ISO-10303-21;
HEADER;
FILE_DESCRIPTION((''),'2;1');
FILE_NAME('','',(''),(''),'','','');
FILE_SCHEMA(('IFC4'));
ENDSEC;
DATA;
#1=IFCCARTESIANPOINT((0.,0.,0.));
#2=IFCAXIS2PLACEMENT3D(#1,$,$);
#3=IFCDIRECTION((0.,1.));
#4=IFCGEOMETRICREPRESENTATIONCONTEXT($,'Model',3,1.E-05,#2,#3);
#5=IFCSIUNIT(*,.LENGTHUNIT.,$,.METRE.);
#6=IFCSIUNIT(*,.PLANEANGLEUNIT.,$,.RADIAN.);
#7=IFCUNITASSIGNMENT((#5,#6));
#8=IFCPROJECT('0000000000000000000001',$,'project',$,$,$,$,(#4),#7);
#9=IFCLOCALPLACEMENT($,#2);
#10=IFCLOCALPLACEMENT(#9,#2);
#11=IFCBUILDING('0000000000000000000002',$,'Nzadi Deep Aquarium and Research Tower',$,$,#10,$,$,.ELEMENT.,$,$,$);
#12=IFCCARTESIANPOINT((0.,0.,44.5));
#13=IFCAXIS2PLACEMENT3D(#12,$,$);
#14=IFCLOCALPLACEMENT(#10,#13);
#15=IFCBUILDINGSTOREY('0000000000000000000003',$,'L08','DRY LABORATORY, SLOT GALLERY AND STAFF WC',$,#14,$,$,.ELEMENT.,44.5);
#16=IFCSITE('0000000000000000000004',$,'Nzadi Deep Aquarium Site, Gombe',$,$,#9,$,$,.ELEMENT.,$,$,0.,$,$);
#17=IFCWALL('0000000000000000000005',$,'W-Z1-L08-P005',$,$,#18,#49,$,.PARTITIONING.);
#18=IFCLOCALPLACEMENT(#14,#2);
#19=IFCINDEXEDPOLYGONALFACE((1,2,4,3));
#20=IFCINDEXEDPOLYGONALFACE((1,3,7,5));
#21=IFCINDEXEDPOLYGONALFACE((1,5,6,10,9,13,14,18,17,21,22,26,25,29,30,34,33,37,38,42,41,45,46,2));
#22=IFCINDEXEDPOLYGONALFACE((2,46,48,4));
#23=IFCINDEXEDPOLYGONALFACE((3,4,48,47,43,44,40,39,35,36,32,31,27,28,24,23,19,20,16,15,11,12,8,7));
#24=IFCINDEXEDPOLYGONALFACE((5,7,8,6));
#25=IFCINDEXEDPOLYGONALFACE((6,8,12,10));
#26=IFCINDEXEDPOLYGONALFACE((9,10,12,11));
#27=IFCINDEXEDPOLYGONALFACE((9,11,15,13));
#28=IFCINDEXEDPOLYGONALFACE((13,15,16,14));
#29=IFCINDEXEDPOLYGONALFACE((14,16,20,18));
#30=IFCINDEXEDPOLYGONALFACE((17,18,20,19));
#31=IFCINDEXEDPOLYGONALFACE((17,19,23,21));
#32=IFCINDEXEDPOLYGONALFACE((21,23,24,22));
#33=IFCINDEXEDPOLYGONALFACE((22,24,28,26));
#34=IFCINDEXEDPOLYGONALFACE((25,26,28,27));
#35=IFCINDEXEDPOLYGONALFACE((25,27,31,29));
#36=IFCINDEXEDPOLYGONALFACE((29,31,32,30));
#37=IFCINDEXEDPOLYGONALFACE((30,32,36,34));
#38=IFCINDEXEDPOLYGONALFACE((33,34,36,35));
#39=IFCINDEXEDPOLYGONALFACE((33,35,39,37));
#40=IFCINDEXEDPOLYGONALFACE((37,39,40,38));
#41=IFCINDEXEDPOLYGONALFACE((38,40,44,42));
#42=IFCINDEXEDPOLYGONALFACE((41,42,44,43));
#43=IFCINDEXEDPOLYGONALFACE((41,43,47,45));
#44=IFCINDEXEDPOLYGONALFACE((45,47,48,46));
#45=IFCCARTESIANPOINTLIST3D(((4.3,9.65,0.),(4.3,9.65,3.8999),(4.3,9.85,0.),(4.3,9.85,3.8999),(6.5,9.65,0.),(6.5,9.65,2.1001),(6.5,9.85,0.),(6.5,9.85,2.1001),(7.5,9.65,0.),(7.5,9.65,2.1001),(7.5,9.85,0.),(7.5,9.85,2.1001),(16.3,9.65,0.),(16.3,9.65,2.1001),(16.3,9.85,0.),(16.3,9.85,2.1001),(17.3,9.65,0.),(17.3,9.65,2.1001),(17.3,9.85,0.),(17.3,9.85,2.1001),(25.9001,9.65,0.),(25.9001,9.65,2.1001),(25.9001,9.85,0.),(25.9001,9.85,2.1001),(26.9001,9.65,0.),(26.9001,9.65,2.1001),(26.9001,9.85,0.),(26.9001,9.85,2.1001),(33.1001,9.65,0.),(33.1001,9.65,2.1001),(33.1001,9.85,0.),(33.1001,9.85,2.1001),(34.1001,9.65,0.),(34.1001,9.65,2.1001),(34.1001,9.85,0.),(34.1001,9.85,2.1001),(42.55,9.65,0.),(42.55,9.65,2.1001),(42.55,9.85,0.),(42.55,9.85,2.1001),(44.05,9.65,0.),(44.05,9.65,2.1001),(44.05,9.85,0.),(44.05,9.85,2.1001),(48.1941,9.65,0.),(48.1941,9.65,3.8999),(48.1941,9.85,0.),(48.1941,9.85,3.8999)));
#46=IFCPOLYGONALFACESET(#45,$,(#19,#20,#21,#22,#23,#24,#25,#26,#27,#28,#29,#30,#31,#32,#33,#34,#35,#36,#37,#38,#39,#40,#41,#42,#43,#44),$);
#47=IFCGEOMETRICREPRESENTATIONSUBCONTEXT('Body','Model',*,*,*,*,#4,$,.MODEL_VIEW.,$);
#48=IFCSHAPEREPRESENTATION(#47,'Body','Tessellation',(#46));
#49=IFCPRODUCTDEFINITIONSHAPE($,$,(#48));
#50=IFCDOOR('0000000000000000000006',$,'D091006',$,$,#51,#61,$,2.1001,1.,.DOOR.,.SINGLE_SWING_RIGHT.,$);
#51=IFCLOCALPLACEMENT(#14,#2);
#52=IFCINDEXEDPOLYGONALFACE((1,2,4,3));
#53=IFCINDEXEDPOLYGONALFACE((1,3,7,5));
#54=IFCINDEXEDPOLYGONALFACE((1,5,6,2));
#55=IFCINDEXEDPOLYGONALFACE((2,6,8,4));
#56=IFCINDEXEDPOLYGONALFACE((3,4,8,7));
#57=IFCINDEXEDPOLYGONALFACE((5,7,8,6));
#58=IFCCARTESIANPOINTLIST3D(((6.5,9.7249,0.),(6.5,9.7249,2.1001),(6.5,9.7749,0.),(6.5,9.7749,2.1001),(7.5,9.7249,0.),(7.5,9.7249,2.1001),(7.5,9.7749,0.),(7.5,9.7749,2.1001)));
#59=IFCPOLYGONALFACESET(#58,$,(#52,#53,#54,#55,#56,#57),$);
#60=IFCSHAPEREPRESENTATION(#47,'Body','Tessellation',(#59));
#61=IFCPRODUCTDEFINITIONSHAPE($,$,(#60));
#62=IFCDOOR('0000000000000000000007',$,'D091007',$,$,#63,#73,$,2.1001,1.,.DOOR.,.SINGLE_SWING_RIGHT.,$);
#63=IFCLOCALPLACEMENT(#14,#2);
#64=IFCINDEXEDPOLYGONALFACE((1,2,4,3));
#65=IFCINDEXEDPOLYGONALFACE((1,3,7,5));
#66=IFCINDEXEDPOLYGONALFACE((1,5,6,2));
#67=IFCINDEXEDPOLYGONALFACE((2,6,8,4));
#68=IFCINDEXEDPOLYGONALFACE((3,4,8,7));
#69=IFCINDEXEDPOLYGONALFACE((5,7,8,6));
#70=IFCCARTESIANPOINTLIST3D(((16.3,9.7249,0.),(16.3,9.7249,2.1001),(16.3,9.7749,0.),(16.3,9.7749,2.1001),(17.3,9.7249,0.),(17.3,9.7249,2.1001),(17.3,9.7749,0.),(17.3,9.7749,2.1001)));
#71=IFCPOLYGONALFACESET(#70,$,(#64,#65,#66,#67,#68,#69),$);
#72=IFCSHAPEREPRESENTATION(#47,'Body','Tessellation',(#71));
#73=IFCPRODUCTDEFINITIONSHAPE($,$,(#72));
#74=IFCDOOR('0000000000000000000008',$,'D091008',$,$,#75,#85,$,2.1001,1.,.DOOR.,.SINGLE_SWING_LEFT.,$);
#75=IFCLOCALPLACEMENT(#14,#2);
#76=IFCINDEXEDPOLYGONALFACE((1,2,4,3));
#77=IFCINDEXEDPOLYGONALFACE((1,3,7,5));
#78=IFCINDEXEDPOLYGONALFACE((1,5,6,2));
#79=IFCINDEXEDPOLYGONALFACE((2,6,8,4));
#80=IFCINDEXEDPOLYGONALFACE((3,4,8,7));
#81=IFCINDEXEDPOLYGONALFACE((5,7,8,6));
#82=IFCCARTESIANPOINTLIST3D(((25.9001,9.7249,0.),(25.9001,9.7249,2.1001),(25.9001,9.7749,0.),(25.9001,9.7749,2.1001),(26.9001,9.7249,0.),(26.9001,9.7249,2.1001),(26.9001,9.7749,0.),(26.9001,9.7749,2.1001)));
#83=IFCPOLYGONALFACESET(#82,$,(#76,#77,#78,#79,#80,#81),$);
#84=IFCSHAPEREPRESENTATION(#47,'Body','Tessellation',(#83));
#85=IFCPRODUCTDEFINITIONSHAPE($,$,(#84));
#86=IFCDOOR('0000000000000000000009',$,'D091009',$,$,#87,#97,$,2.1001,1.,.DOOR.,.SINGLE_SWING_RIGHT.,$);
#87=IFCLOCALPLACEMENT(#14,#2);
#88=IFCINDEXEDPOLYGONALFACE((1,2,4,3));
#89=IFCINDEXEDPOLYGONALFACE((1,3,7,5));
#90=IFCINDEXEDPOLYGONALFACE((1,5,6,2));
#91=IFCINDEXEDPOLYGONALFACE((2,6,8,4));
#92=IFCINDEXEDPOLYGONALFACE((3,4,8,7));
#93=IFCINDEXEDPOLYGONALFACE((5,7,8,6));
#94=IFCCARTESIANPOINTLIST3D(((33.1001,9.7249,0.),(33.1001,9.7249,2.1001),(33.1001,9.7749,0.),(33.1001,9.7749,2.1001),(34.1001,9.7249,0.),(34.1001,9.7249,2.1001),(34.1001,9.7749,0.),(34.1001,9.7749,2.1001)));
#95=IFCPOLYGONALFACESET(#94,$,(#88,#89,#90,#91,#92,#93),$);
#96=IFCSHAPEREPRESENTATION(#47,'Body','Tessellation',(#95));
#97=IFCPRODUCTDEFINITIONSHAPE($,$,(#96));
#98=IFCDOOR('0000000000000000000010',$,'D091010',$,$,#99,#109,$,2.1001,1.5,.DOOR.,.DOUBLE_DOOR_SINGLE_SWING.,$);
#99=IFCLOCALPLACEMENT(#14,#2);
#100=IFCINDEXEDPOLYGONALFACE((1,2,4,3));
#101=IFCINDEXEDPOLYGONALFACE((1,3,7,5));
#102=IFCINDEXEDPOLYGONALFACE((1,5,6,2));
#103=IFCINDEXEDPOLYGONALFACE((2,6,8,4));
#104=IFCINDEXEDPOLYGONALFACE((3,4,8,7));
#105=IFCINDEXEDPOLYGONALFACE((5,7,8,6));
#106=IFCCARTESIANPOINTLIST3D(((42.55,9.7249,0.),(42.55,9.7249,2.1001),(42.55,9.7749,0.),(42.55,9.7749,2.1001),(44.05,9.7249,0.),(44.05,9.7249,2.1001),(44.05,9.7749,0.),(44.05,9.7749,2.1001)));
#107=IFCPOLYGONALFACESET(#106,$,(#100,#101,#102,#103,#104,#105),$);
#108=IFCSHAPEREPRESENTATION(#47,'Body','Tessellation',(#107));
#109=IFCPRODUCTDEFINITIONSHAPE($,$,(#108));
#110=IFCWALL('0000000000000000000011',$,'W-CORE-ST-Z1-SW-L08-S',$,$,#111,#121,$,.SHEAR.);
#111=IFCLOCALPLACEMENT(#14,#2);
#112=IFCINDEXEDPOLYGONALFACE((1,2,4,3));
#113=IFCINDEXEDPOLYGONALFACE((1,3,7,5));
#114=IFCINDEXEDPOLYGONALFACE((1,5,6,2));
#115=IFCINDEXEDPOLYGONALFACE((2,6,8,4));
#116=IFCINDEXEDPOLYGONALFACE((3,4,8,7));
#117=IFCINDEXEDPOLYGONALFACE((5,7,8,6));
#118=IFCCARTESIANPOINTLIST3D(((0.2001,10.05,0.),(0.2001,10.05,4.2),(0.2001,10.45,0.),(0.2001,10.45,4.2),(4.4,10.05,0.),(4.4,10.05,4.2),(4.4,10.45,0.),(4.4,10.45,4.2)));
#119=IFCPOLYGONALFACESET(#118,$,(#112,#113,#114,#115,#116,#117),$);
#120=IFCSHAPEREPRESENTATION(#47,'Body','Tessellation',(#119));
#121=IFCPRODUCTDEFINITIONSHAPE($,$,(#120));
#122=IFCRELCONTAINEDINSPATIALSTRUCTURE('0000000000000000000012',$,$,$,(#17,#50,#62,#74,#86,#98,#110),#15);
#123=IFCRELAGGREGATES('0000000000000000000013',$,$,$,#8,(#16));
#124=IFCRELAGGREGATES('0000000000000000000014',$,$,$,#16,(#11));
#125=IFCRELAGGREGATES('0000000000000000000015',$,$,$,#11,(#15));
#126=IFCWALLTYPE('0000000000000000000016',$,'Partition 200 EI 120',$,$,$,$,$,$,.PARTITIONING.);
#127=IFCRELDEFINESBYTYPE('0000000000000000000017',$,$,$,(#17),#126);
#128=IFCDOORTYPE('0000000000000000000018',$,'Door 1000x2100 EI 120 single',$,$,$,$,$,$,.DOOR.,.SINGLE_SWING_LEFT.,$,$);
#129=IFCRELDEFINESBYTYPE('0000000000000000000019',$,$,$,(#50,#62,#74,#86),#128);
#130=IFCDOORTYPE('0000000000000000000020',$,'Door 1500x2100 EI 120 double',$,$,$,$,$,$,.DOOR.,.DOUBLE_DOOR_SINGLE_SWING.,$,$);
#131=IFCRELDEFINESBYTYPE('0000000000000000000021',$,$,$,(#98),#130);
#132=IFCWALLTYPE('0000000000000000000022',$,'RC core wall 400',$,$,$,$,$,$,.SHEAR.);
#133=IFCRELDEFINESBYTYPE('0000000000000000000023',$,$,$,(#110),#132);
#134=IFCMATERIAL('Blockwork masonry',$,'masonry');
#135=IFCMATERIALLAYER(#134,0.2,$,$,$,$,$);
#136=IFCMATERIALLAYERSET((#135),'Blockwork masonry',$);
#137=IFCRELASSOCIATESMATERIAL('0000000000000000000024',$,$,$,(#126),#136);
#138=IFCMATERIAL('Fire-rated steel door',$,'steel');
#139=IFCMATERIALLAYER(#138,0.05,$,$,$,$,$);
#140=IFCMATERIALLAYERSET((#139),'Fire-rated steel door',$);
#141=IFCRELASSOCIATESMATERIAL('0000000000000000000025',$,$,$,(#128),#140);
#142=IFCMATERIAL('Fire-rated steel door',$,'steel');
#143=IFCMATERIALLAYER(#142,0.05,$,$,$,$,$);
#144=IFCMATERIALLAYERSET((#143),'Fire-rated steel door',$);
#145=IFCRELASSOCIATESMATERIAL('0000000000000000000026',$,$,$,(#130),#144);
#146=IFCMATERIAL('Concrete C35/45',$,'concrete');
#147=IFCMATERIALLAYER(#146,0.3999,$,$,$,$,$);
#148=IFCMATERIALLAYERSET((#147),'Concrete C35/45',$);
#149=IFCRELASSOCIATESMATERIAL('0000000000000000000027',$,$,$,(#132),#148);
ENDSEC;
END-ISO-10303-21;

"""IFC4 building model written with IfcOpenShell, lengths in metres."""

from ifc_helpers import new_model, si_unit, direction, frame, frame_2d, origin, place, context, subcontext, project, spatial, rectangle, extrude, material, layer, layer_set, type_object, element, fill, save


model = new_model("IFC4")

# Units and contexts
model_context = context("Model", 3, precision=1e-05, world=origin(), true_north=direction((0.0, 1.0)))
body_context = subcontext(model_context, "Body", "Model", "MODEL_VIEW")
ifc_project = project(units=[si_unit("LENGTHUNIT", "METRE"), si_unit("PLANEANGLEUNIT", "RADIAN")], contexts=[model_context])

# Site, building, storey
site_placement = place(None, origin())
site = spatial("IfcSite", under=ifc_project, at=site_placement, Name="Nzadi Deep Aquarium Site, Gombe", CompositionType="ELEMENT", RefElevation=0.0)
building_placement = place(site_placement, origin())
building = spatial("IfcBuilding", under=site, at=building_placement, Name="Nzadi Deep Aquarium and Research Tower", CompositionType="ELEMENT")
storey_placement = place(building_placement, frame((0.0, 0.0, 44.5)))
storey = spatial("IfcBuildingStorey", under=building, at=storey_placement, Name="L08", Description="DRY LABORATORY, SLOT GALLERY AND STAFF WC", CompositionType="ELEMENT", Elevation=44.5)

# Wall, openings, doors
ifc_material_1 = material(Name="Blockwork masonry", Category="masonry")
ifc_layer_1 = layer(ifc_material_1, 0.2)
ifc_layer_set_1 = layer_set([ifc_layer_1], Name="Blockwork masonry")
wall_type_1 = type_object("IfcWallType", Name="Partition 200 EI 120", PredefinedType="PARTITIONING", material=ifc_layer_set_1)
wall_1_placement = place(storey_placement, frame((4.3, 9.75, 0.0), z_axis=(0.0, 0.0, 1.0), x_axis=(1.0, 0.0, 0.0)))
wall_1 = element("IfcWall", 1, at=wall_1_placement, inside=storey, type_object=wall_type_1, Name="W-Z1-L08-P005", PredefinedType="PARTITIONING", context=body_context, shape_type="SweptSolid", body=[
    extrude(rectangle(XDim=43.894, YDim=0.2, at=frame_2d((21.947, 0.0))), origin(), (0.0, 0.0, 1.0), 3.8999),
])
opening_1_placement = place(wall_1_placement, frame((2.2, 0.0, 0.0)))
opening_1 = element("IfcOpeningElement", 2, at=opening_1_placement, cuts=wall_1, PredefinedType="OPENING", context=body_context, shape_type="SweptSolid", body=[
    extrude(rectangle(XDim=1.0, YDim=2.1001, at=frame_2d((0.5, 1.05))), frame((0.0, 0.1101, 0.0), z_axis=(0.0, -1.0, 0.0), x_axis=(1.0, 0.0, 0.0)), (0.0, 0.0, 1.0), 0.2202),
])
opening_2_placement = place(wall_1_placement, frame((12.0, 0.0, 0.0)))
opening_2 = element("IfcOpeningElement", 3, at=opening_2_placement, cuts=wall_1, PredefinedType="OPENING", context=body_context, shape_type="SweptSolid", body=[
    extrude(rectangle(XDim=1.0, YDim=2.1001, at=frame_2d((0.5, 1.05))), frame((0.0, 0.1101, 0.0), z_axis=(0.0, -1.0, 0.0), x_axis=(1.0, 0.0, 0.0)), (0.0, 0.0, 1.0), 0.2202),
])
opening_3_placement = place(wall_1_placement, frame((21.6001, 0.0, 0.0)))
opening_3 = element("IfcOpeningElement", 4, at=opening_3_placement, cuts=wall_1, PredefinedType="OPENING", context=body_context, shape_type="SweptSolid", body=[
    extrude(rectangle(XDim=1.0, YDim=2.1001, at=frame_2d((0.5, 1.05))), frame((0.0, 0.1101, 0.0), z_axis=(0.0, -1.0, 0.0), x_axis=(1.0, 0.0, 0.0)), (0.0, 0.0, 1.0), 0.2202),
])
opening_4_placement = place(wall_1_placement, frame((28.8, 0.0, 0.0)))
opening_4 = element("IfcOpeningElement", 5, at=opening_4_placement, cuts=wall_1, PredefinedType="OPENING", context=body_context, shape_type="SweptSolid", body=[
    extrude(rectangle(XDim=1.0, YDim=2.1001, at=frame_2d((0.5, 1.05))), frame((0.0, 0.1101, 0.0), z_axis=(0.0, -1.0, 0.0), x_axis=(1.0, 0.0, 0.0)), (0.0, 0.0, 1.0), 0.2202),
])
opening_5_placement = place(wall_1_placement, frame((38.25, 0.0, 0.0)))
opening_5 = element("IfcOpeningElement", 6, at=opening_5_placement, cuts=wall_1, PredefinedType="OPENING", context=body_context, shape_type="SweptSolid", body=[
    extrude(rectangle(XDim=1.5, YDim=2.1001, at=frame_2d((0.75, 1.05))), frame((0.0, 0.1101, 0.0), z_axis=(0.0, -1.0, 0.0), x_axis=(1.0, 0.0, 0.0)), (0.0, 0.0, 1.0), 0.2202),
])
ifc_material_2 = material(Name="Fire-rated steel door", Category="steel")
ifc_layer_2 = layer(ifc_material_2, 0.05)
ifc_layer_set_2 = layer_set([ifc_layer_2], Name="Fire-rated steel door")
door_type_1 = type_object("IfcDoorType", Name="Door 1000x2100 EI 120 single", OperationType="SINGLE_SWING_LEFT", PredefinedType="DOOR", material=ifc_layer_set_2)
door_1_placement = place(opening_1_placement, origin())
door_1 = element("IfcDoor", 7, at=door_1_placement, inside=storey, type_object=door_type_1, Name="D091006", OperationType="SINGLE_SWING_RIGHT", OverallHeight=2.1001, OverallWidth=1.0, PredefinedType="DOOR", context=body_context, shape_type="SweptSolid", body=[
    extrude(rectangle(XDim=1.0, YDim=2.1001, at=frame_2d((0.5, 1.05))), frame((0.0, 0.0249, 0.0), z_axis=(0.0, -1.0, 0.0), x_axis=(1.0, 0.0, 0.0)), (0.0, 0.0, 1.0), 0.05),
])
fill(opening_1, door_1)
door_2_placement = place(opening_2_placement, origin())
door_2 = element("IfcDoor", 8, at=door_2_placement, inside=storey, type_object=door_type_1, Name="D091007", OperationType="SINGLE_SWING_RIGHT", OverallHeight=2.1001, OverallWidth=1.0, PredefinedType="DOOR", context=body_context, shape_type="SweptSolid", body=[
    extrude(rectangle(XDim=1.0, YDim=2.1001, at=frame_2d((0.5, 1.05))), frame((0.0, 0.0249, 0.0), z_axis=(0.0, -1.0, 0.0), x_axis=(1.0, 0.0, 0.0)), (0.0, 0.0, 1.0), 0.05),
])
fill(opening_2, door_2)
door_3_placement = place(opening_3_placement, origin())
door_3 = element("IfcDoor", 9, at=door_3_placement, inside=storey, type_object=door_type_1, Name="D091008", OperationType="SINGLE_SWING_LEFT", OverallHeight=2.1001, OverallWidth=1.0, PredefinedType="DOOR", context=body_context, shape_type="SweptSolid", body=[
    extrude(rectangle(XDim=1.0, YDim=2.1001, at=frame_2d((0.5, 1.05))), frame((0.0, 0.0249, 0.0), z_axis=(0.0, -1.0, 0.0), x_axis=(1.0, 0.0, 0.0)), (0.0, 0.0, 1.0), 0.05),
])
fill(opening_3, door_3)
door_4_placement = place(opening_4_placement, origin())
door_4 = element("IfcDoor", 10, at=door_4_placement, inside=storey, type_object=door_type_1, Name="D091009", OperationType="SINGLE_SWING_RIGHT", OverallHeight=2.1001, OverallWidth=1.0, PredefinedType="DOOR", context=body_context, shape_type="SweptSolid", body=[
    extrude(rectangle(XDim=1.0, YDim=2.1001, at=frame_2d((0.5, 1.05))), frame((0.0, 0.0249, 0.0), z_axis=(0.0, -1.0, 0.0), x_axis=(1.0, 0.0, 0.0)), (0.0, 0.0, 1.0), 0.05),
])
fill(opening_4, door_4)
ifc_material_3 = material(Name="Fire-rated steel door", Category="steel")
ifc_layer_3 = layer(ifc_material_3, 0.05)
ifc_layer_set_3 = layer_set([ifc_layer_3], Name="Fire-rated steel door")
door_type_2 = type_object("IfcDoorType", Name="Door 1500x2100 EI 120 double", OperationType="DOUBLE_DOOR_SINGLE_SWING", PredefinedType="DOOR", material=ifc_layer_set_3)
door_5_placement = place(opening_5_placement, origin())
door_5 = element("IfcDoor", 11, at=door_5_placement, inside=storey, type_object=door_type_2, Name="D091010", OperationType="DOUBLE_DOOR_SINGLE_SWING", OverallHeight=2.1001, OverallWidth=1.5, PredefinedType="DOOR", context=body_context, shape_type="SweptSolid", body=[
    extrude(rectangle(XDim=1.5, YDim=2.1001, at=frame_2d((0.75, 1.05))), frame((0.0, 0.0249, 0.0), z_axis=(0.0, -1.0, 0.0), x_axis=(1.0, 0.0, 0.0)), (0.0, 0.0, 1.0), 0.05),
])
fill(opening_5, door_5)

# Wall
ifc_material_4 = material(Name="Concrete C35/45", Category="concrete")
ifc_layer_4 = layer(ifc_material_4, 0.3999)
ifc_layer_set_4 = layer_set([ifc_layer_4], Name="Concrete C35/45")
wall_type_2 = type_object("IfcWallType", Name="RC core wall 400", PredefinedType="SHEAR", material=ifc_layer_set_4)
wall_2_placement = place(storey_placement, frame((0.2, 10.25, 0.0), z_axis=(0.0, 0.0, 1.0), x_axis=(1.0, 0.0, 0.0)))
element("IfcWall", 12, at=wall_2_placement, inside=storey, type_object=wall_type_2, Name="W-CORE-ST-Z1-SW-L08-S", PredefinedType="SHEAR", context=body_context, shape_type="SweptSolid", body=[
    extrude(rectangle(XDim=4.2, YDim=0.3999, at=frame_2d((2.1001, 0.0))), origin(), (0.0, 0.0, 1.0), 4.2),
])

save(model, "model.ifc")
